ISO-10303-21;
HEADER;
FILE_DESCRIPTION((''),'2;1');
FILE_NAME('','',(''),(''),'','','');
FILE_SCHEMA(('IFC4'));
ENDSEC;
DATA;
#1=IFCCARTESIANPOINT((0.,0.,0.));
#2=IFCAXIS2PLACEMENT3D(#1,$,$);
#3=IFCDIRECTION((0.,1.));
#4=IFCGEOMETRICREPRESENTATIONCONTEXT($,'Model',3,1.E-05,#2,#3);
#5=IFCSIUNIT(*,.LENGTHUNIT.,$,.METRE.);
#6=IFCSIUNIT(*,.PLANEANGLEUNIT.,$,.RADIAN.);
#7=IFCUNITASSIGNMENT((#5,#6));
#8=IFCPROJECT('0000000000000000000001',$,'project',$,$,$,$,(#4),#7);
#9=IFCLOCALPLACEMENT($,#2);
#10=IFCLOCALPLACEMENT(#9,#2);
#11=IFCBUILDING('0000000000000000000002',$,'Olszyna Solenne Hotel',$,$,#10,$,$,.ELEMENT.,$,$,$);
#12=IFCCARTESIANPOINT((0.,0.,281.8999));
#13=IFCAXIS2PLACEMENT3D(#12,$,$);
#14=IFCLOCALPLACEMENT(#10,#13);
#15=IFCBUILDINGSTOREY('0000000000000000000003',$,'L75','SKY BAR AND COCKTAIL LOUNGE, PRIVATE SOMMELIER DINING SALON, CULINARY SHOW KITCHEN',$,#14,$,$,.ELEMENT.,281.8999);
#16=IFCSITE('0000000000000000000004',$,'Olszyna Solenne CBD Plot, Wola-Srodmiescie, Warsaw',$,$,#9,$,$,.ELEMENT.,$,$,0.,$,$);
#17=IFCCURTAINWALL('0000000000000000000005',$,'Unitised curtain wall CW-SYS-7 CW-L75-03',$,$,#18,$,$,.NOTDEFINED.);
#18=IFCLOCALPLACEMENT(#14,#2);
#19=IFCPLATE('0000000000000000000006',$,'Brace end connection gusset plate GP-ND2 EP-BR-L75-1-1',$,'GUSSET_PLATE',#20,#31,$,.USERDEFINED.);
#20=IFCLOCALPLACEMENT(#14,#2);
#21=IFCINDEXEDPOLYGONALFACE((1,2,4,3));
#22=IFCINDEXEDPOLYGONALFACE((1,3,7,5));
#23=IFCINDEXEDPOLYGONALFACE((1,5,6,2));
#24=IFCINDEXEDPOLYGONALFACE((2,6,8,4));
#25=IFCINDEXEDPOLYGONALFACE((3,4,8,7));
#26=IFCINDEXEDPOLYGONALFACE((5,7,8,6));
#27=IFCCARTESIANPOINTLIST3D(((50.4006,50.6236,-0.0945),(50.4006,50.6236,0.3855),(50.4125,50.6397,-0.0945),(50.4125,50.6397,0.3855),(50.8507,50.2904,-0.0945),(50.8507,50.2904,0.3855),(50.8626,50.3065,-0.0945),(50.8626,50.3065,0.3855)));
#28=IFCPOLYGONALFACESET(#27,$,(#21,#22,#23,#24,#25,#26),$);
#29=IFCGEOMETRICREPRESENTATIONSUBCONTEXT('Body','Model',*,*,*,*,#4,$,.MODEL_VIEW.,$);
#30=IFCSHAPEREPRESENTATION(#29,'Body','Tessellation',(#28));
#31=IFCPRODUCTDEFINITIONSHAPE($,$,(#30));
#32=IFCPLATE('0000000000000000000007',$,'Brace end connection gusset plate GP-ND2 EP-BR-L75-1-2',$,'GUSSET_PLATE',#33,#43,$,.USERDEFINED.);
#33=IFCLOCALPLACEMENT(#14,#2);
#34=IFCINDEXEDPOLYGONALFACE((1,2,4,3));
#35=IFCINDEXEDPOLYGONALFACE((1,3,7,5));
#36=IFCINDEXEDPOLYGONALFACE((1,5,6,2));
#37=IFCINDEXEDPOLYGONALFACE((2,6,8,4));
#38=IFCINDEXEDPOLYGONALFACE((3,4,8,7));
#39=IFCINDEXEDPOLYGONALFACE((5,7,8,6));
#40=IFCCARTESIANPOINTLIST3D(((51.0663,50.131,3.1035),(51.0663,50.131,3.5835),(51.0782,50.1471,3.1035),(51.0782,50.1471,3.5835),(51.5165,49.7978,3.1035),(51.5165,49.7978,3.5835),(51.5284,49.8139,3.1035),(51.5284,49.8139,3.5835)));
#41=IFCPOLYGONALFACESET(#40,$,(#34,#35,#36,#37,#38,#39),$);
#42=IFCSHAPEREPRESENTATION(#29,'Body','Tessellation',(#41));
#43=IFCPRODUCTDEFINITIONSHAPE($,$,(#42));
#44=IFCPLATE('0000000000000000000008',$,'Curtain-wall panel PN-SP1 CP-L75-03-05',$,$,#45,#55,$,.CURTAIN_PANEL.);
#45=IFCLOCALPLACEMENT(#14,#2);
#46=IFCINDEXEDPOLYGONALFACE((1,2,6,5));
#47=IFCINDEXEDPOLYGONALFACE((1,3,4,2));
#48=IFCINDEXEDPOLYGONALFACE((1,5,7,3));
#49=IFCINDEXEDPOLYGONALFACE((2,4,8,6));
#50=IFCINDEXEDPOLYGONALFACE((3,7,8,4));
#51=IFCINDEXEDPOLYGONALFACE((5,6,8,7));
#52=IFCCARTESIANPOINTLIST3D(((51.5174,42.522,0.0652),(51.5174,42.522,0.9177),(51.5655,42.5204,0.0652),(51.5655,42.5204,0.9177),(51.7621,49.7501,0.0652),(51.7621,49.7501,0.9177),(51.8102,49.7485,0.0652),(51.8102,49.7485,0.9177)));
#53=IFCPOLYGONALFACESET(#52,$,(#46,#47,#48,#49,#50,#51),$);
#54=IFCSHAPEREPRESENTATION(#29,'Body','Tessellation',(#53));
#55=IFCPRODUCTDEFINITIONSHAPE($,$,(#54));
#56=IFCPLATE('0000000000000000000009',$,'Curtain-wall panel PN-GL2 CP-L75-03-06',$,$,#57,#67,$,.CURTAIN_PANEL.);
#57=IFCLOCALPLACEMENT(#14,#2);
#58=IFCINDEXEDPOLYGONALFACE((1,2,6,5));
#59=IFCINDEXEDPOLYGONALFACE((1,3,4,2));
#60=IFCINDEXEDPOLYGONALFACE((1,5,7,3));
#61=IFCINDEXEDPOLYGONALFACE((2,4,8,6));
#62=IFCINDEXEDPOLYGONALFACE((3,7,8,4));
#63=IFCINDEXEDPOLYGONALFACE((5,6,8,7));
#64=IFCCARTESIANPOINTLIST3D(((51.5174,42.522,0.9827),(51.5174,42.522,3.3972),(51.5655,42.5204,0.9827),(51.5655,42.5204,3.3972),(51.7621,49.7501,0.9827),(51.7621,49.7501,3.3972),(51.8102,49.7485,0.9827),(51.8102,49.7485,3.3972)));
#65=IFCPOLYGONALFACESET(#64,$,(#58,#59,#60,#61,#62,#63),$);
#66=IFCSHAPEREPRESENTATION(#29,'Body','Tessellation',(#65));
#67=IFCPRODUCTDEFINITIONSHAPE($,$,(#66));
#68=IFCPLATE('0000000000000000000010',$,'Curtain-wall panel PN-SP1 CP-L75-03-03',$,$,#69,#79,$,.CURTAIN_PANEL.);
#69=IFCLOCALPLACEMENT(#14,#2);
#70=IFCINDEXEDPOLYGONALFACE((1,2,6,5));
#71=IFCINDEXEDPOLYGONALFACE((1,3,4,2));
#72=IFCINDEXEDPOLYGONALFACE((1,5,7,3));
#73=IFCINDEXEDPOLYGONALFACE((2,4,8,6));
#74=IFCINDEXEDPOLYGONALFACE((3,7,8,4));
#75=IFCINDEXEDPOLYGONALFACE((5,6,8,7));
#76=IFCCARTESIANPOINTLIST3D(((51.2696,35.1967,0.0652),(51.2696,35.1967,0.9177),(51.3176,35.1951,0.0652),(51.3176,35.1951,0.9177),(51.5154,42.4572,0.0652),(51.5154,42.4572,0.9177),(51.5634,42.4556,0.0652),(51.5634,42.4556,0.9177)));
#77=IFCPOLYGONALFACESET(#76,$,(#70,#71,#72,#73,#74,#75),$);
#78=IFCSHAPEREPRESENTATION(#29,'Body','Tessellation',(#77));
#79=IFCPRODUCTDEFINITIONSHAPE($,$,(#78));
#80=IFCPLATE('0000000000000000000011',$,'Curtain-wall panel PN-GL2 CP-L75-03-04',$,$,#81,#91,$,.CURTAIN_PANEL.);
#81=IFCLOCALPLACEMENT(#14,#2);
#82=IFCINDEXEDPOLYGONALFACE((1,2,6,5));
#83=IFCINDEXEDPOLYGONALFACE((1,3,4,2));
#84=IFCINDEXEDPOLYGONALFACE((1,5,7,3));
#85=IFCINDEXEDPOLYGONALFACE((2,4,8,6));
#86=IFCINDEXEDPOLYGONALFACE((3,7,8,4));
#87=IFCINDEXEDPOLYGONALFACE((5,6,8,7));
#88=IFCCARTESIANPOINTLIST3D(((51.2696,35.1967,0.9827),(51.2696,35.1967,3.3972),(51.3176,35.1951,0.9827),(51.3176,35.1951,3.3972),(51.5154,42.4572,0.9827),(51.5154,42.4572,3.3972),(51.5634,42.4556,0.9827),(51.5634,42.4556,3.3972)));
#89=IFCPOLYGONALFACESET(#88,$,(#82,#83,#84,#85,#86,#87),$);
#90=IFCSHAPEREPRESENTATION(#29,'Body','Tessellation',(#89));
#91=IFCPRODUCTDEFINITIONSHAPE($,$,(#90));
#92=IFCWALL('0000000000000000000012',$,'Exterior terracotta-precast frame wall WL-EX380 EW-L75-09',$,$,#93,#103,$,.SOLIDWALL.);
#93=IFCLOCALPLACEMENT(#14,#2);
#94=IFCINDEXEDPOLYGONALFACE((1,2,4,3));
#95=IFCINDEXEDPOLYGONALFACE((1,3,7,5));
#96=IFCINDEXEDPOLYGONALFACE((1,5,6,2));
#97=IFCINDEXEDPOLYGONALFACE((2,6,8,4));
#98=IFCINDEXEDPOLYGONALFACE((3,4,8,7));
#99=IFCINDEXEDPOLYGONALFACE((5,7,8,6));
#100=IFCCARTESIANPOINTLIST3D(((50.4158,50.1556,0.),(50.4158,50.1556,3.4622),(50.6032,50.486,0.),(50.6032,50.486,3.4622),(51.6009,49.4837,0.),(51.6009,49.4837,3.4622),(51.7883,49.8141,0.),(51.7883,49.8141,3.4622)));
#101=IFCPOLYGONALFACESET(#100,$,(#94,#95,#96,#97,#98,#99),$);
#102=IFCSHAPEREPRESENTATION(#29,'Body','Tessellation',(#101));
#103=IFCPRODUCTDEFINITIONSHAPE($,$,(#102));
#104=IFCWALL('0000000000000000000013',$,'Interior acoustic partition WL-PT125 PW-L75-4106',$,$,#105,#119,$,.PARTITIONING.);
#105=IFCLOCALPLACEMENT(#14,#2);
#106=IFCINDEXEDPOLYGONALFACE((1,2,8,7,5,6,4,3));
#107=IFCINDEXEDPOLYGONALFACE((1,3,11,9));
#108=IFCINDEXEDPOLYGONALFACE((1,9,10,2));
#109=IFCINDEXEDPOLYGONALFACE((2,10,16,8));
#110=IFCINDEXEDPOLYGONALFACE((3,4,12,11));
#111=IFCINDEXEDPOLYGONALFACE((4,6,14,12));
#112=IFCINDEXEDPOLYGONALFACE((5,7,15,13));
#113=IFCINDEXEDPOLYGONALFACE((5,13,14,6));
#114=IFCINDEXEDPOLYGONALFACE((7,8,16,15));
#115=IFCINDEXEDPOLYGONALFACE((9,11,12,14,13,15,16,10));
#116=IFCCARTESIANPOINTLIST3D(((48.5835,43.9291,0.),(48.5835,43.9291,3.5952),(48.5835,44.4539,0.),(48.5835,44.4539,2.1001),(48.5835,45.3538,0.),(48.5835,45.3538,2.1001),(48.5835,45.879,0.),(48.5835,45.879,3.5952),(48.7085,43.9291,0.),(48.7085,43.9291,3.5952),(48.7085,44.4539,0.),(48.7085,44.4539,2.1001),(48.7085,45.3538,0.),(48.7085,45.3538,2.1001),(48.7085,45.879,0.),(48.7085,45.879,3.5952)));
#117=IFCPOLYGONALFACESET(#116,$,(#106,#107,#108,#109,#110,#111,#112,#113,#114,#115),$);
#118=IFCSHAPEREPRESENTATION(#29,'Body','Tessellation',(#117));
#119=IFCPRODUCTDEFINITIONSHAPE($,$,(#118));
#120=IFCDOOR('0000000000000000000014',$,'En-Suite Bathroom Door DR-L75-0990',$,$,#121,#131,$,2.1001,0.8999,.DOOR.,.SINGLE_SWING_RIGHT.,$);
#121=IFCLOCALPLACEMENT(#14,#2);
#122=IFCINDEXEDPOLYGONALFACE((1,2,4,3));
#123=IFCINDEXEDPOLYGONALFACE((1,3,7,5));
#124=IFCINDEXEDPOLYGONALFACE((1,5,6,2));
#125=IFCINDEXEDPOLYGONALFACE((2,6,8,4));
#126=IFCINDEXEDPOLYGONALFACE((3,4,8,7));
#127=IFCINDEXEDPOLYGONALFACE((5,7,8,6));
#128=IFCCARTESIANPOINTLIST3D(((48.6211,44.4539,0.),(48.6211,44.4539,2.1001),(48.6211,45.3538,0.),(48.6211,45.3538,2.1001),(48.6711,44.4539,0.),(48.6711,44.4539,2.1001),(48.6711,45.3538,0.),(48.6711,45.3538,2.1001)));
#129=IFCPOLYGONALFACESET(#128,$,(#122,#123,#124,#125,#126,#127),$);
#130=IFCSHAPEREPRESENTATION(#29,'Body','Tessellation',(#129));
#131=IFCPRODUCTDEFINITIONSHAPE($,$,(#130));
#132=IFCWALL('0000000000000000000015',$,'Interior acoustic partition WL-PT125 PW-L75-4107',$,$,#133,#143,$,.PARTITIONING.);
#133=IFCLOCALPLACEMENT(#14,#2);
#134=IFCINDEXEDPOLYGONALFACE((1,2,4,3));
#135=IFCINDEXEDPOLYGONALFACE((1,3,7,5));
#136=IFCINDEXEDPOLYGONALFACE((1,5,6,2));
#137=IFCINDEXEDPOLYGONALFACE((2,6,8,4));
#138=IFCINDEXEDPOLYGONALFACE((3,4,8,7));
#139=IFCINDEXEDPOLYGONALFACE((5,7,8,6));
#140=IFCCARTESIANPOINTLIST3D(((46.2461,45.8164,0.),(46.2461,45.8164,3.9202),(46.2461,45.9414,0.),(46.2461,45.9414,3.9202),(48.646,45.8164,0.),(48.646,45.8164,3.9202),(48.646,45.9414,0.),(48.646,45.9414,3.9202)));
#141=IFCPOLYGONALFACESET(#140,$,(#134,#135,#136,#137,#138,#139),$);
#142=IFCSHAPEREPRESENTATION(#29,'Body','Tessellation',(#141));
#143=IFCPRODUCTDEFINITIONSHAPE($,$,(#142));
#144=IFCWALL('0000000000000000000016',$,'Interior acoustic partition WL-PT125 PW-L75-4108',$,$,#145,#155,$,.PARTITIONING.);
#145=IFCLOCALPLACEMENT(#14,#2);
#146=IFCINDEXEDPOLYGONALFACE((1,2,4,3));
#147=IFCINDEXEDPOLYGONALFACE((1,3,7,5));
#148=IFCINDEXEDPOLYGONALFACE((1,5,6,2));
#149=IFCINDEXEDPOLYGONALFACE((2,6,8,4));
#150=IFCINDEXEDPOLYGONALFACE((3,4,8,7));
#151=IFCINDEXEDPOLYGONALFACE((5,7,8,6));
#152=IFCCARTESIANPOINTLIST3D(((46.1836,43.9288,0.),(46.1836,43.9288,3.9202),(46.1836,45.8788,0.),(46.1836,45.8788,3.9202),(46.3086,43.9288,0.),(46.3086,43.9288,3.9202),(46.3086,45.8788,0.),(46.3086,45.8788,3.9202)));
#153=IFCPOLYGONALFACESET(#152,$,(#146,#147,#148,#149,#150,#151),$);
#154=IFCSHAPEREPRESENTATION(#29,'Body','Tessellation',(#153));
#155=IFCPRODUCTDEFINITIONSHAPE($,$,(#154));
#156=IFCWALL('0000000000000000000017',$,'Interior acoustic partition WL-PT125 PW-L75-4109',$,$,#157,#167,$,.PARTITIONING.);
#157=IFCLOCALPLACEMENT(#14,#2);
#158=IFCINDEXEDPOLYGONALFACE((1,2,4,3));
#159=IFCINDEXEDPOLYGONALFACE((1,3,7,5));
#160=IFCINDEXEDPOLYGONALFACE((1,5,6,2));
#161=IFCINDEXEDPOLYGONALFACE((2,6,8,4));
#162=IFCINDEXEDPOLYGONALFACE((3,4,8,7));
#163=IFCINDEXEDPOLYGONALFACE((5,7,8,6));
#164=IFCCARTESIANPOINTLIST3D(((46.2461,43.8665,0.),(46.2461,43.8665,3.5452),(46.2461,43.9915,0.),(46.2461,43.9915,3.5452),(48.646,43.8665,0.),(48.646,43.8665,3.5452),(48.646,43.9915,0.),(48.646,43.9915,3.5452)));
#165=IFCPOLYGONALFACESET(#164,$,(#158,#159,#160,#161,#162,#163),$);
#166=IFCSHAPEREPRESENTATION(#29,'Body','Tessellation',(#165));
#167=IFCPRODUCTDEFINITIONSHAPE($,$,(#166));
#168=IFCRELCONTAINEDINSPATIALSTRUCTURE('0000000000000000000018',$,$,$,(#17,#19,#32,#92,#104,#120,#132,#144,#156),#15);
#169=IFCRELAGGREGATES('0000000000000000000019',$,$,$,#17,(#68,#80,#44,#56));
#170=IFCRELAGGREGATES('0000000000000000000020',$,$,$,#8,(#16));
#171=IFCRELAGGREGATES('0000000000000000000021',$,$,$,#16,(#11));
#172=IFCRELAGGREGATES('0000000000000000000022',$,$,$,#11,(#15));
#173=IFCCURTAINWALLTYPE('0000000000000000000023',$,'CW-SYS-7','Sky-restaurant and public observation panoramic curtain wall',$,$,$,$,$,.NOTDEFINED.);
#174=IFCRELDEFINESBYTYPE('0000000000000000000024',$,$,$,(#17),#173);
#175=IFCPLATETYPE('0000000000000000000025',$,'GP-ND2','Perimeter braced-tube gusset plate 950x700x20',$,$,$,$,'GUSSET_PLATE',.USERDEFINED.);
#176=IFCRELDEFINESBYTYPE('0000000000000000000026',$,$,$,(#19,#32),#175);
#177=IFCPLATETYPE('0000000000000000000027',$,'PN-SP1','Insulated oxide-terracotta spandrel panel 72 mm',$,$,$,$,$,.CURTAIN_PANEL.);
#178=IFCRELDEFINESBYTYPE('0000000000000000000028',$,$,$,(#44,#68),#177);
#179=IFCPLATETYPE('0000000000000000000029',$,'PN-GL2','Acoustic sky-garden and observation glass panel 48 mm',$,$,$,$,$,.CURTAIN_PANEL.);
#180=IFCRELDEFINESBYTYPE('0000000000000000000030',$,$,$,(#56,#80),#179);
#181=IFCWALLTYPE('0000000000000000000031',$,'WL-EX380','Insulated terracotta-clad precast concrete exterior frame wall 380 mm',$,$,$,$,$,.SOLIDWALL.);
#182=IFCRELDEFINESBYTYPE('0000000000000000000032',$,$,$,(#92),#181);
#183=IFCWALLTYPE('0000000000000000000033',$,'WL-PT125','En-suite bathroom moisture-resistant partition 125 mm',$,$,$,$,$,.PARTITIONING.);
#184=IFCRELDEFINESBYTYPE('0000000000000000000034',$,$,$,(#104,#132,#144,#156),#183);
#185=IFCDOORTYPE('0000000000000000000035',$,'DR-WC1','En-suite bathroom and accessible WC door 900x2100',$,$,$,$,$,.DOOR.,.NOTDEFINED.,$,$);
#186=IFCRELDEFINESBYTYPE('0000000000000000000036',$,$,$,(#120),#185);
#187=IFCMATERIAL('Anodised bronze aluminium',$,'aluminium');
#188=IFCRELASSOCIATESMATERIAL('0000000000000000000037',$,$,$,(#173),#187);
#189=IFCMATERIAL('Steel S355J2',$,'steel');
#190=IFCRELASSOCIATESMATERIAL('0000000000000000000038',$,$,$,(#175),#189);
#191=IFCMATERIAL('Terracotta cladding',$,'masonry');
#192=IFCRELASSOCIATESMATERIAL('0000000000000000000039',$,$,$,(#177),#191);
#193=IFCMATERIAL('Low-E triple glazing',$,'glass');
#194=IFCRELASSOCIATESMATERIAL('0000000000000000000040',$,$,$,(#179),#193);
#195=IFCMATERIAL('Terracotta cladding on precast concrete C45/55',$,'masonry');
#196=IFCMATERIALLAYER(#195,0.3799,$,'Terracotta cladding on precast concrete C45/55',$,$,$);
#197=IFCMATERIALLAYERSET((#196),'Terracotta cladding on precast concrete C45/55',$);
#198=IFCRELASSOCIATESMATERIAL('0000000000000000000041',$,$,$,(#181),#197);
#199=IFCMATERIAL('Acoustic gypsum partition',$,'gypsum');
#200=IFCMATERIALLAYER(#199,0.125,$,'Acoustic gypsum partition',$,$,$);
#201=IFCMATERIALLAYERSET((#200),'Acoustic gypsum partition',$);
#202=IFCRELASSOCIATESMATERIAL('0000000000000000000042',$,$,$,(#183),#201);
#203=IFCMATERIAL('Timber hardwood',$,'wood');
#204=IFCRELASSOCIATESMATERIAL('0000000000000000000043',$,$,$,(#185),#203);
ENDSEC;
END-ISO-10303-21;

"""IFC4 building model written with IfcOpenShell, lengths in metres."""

from ifc_helpers import new_model, si_unit, direction, frame, frame_2d, origin, origin_2d, place, context, subcontext, project, spatial, rectangle, extrude, source, transform, mapped, material, layer, layer_set, type_object, type_shapes, element, fill, aggregate, save


model = new_model("IFC4")

# Units and contexts
model_context = context("Model", 3, precision=1e-05, world=origin(), true_north=direction((0.0, 1.0)))
body_context = subcontext(model_context, "Body", "Model", "MODEL_VIEW")
ifc_project = project(units=[si_unit("LENGTHUNIT", "METRE"), si_unit("PLANEANGLEUNIT", "RADIAN")], contexts=[model_context])

# Site, building, storey
site_placement = place(None, origin())
site = spatial("IfcSite", under=ifc_project, at=site_placement, Name="Olszyna Solenne CBD Plot, Wola-Srodmiescie, Warsaw", CompositionType="ELEMENT", RefElevation=0.0)
building_placement = place(site_placement, origin())
building = spatial("IfcBuilding", under=site, at=building_placement, Name="Olszyna Solenne Hotel", CompositionType="ELEMENT")
storey_placement = place(building_placement, frame((0.0, 0.0, 281.8999)))
storey = spatial("IfcBuildingStorey", under=building, at=storey_placement, Name="L75", Description="SKY BAR AND COCKTAIL LOUNGE, PRIVATE SOMMELIER DINING SALON, CULINARY SHOW KITCHEN", CompositionType="ELEMENT", Elevation=281.8999)

# Shared definitions
ifc_material_1 = material(Name="Steel S355J2", Category="steel")

# Curtain wall
ifc_material_2 = material(Name="Anodised bronze aluminium", Category="aluminium")
curtain_wall_type = type_object("IfcCurtainWallType", Name="CW-SYS-7", Description="Sky-restaurant and public observation panoramic curtain wall", PredefinedType="NOTDEFINED", material=ifc_material_2)
curtain_wall_placement = place(storey_placement, origin())
curtain_wall = element("IfcCurtainWall", 1, at=curtain_wall_placement, inside=storey, type_object=curtain_wall_type, Name="Unitised curtain wall CW-SYS-7 CW-L75-03", PredefinedType="NOTDEFINED")

# Plates
plate_type_1 = type_object("IfcPlateType", Name="GP-ND2", Description="Perimeter braced-tube gusset plate 950x700x20", ElementType="GUSSET_PLATE", PredefinedType="USERDEFINED", material=ifc_material_1)
shared_shape_1 = source(origin(), body_context, "Body", "SweptSolid", [
    extrude(rectangle(XDim=0.5601, YDim=0.02, at=origin_2d()), origin(), (0.0, 0.0, 1.0), 0.48),
])
for number, where, z_axis, x_axis, name in (
    (2, (50.6316, 50.4651, -0.0945), (0.0, 0.0, 1.0), (0.803753, -0.594963, 0.0), "Brace end connection gusset plate GP-ND2 EP-BR-L75-1-1"),
    (3, (51.2974, 49.9724, 3.1035), (0.0, 0.0, 1.0), (0.803753, -0.594963, 0.0), "Brace end connection gusset plate GP-ND2 EP-BR-L75-1-2"),
):
    element("IfcPlate", number, at=place(storey_placement, frame(where, z_axis=z_axis, x_axis=x_axis)), inside=storey, type_object=plate_type_1, Name=name, ObjectType="GUSSET_PLATE", PredefinedType="USERDEFINED", context=body_context, shape_type="MappedRepresentation", body=[
        mapped(shared_shape_1, transform((0.0, 0.0, 0.0), x_axis=(1.0, 0.0, 0.0), y_axis=(0.0, 1.0, 0.0), z_axis=(0.0, 0.0, 1.0), scale=1.0)),
    ])

# Plates
ifc_material_3 = material(Name="Terracotta cladding", Category="masonry")
plate_type_2 = type_object("IfcPlateType", Name="PN-SP1", Description="Insulated oxide-terracotta spandrel panel 72 mm", PredefinedType="CURTAIN_PANEL", material=ifc_material_3)
shared_shape_2 = source(origin(), body_context, "Body", "SweptSolid", [
    extrude(rectangle(XDim=7.2322, YDim=0.0481, at=origin_2d()), origin(), (0.0, 0.0, 1.0), 0.8525),
])
plate_1_placement = place(storey_placement, frame((51.6638, 46.1353, 0.0652), z_axis=(0.0, 0.0, 1.0), x_axis=(0.033835, 0.999427, 0.0)))
plate_1 = element("IfcPlate", 4, at=plate_1_placement, type_object=plate_type_2, Name="Curtain-wall panel PN-SP1 CP-L75-03-05", PredefinedType="CURTAIN_PANEL", context=body_context, shape_type="MappedRepresentation", body=[
    mapped(shared_shape_2, transform((0.0, 0.0, 0.0), x_axis=(1.0, 0.0, 0.0), y_axis=(0.0, 1.0, 0.0), z_axis=(0.0, 0.0, 1.0), scale=1.0)),
])
ifc_material_4 = material(Name="Low-E triple glazing", Category="glass")
plate_type_3 = type_object("IfcPlateType", Name="PN-GL2", Description="Acoustic sky-garden and observation glass panel 48 mm", PredefinedType="CURTAIN_PANEL", material=ifc_material_4)
shared_shape_3 = source(origin(), body_context, "Body", "SweptSolid", [
    extrude(rectangle(XDim=7.2322, YDim=0.0481, at=origin_2d()), origin(), (0.0, 0.0, 1.0), 2.4146),
])
plate_2_placement = place(storey_placement, frame((51.6638, 46.1353, 0.9827), z_axis=(0.0, 0.0, 1.0), x_axis=(0.033835, 0.999427, 0.0)))
plate_2 = element("IfcPlate", 5, at=plate_2_placement, type_object=plate_type_3, Name="Curtain-wall panel PN-GL2 CP-L75-03-06", PredefinedType="CURTAIN_PANEL", context=body_context, shape_type="MappedRepresentation", body=[
    mapped(shared_shape_3, transform((0.0, 0.0, 0.0), x_axis=(1.0, 0.0, 0.0), y_axis=(0.0, 1.0, 0.0), z_axis=(0.0, 0.0, 1.0), scale=1.0)),
])
shared_shape_4 = source(origin(), body_context, "Body", "SweptSolid", [
    extrude(rectangle(XDim=7.2646, YDim=0.0481, at=origin_2d()), origin(), (0.0, 0.0, 1.0), 0.8525),
])
plate_3_placement = place(storey_placement, frame((51.4165, 38.8262, 0.0652), z_axis=(0.0, 0.0, 1.0), x_axis=(0.033835, 0.999427, 0.0)))
plate_3 = element("IfcPlate", 6, at=plate_3_placement, type_object=plate_type_2, Name="Curtain-wall panel PN-SP1 CP-L75-03-03", PredefinedType="CURTAIN_PANEL", context=body_context, shape_type="MappedRepresentation", body=[
    mapped(shared_shape_4, transform((0.0, 0.0, 0.0), x_axis=(1.0, 0.0, 0.0), y_axis=(0.0, 1.0, 0.0), z_axis=(0.0, 0.0, 1.0), scale=1.0)),
])
shared_shape_5 = source(origin(), body_context, "Body", "SweptSolid", [
    extrude(rectangle(XDim=7.2646, YDim=0.0481, at=origin_2d()), origin(), (0.0, 0.0, 1.0), 2.4146),
])
plate_4_placement = place(storey_placement, frame((51.4165, 38.8262, 0.9827), z_axis=(0.0, 0.0, 1.0), x_axis=(0.033835, 0.999427, 0.0)))
plate_4 = element("IfcPlate", 7, at=plate_4_placement, type_object=plate_type_3, Name="Curtain-wall panel PN-GL2 CP-L75-03-04", PredefinedType="CURTAIN_PANEL", context=body_context, shape_type="MappedRepresentation", body=[
    mapped(shared_shape_5, transform((0.0, 0.0, 0.0), x_axis=(1.0, 0.0, 0.0), y_axis=(0.0, 1.0, 0.0), z_axis=(0.0, 0.0, 1.0), scale=1.0)),
])
aggregate(curtain_wall, [plate_3, plate_4, plate_1, plate_2])

# Wall
ifc_material_5 = material(Name="Terracotta cladding on precast concrete C45/55", Category="masonry")
ifc_layer_1 = layer(ifc_material_5, 0.3799, Name="Terracotta cladding on precast concrete C45/55")
ifc_layer_set_1 = layer_set([ifc_layer_1], Name="Terracotta cladding on precast concrete C45/55")
wall_type_1 = type_object("IfcWallType", Name="WL-EX380", Description="Insulated terracotta-clad precast concrete exterior frame wall 380 mm", PredefinedType="SOLIDWALL", material=ifc_layer_set_1)
wall_1_placement = place(storey_placement, frame((50.5095, 50.3208, 0.0), z_axis=(0.0, 0.0, 1.0), x_axis=(0.869915, -0.493202, 0.0)))
element("IfcWall", 8, at=wall_1_placement, inside=storey, type_object=wall_type_1, Name="Exterior terracotta-precast frame wall WL-EX380 EW-L75-09", PredefinedType="SOLIDWALL", context=body_context, shape_type="SweptSolid", body=[
    extrude(rectangle(XDim=1.3623, YDim=0.3799, at=frame_2d((0.6812, 0.0))), origin(), (0.0, 0.0, 1.0), 3.4622),
])

# Wall, opening, door
ifc_material_6 = material(Name="Acoustic gypsum partition", Category="gypsum")
ifc_layer_2 = layer(ifc_material_6, 0.125, Name="Acoustic gypsum partition")
ifc_layer_set_2 = layer_set([ifc_layer_2], Name="Acoustic gypsum partition")
wall_type_2 = type_object("IfcWallType", Name="WL-PT125", Description="En-suite bathroom moisture-resistant partition 125 mm", PredefinedType="PARTITIONING", material=ifc_layer_set_2)
wall_2_placement = place(storey_placement, frame((48.646, 43.929, 0.0), z_axis=(0.0, 0.0, 1.0), x_axis=(0.0, 1.0, 0.0)))
wall_2 = element("IfcWall", 9, at=wall_2_placement, inside=storey, type_object=wall_type_2, Name="Interior acoustic partition WL-PT125 PW-L75-4106", PredefinedType="PARTITIONING", context=body_context, shape_type="SweptSolid", body=[
    extrude(rectangle(XDim=1.95, YDim=0.125, at=frame_2d((0.9751, 0.0))), origin(), (0.0, 0.0, 1.0), 3.5952),
])
opening_placement = place(wall_2_placement, frame((0.5249, 0.0, 0.0)))
opening = element("IfcOpeningElement", 10, at=opening_placement, cuts=wall_2, PredefinedType="OPENING", context=body_context, shape_type="SweptSolid", body=[
    extrude(rectangle(XDim=0.8999, YDim=2.1001, at=frame_2d((0.45, 1.05))), frame((0.0, 0.0725, 0.0), z_axis=(0.0, -1.0, 0.0), x_axis=(1.0, 0.0, 0.0)), (0.0, 0.0, 1.0), 0.145),
])
ifc_material_7 = material(Name="Timber hardwood", Category="wood")
door_type = type_object("IfcDoorType", Name="DR-WC1", Description="En-suite bathroom and accessible WC door 900x2100", OperationType="NOTDEFINED", PredefinedType="DOOR", material=ifc_material_7)
shared_shape_6 = source(origin(), body_context, "Body", "SweptSolid", [
    extrude(rectangle(XDim=0.8999, YDim=2.1001, at=frame_2d((0.45, 1.05))), frame((0.0, 0.0249, 0.0), z_axis=(0.0, -1.0, 0.0), x_axis=(1.0, 0.0, 0.0)), (0.0, 0.0, 1.0), 0.05),
])
type_shapes(door_type, [shared_shape_6])
door_placement = place(opening_placement, origin())
door = element("IfcDoor", 11, at=door_placement, inside=storey, type_object=door_type, Name="En-Suite Bathroom Door DR-L75-0990", OperationType="SINGLE_SWING_RIGHT", OverallHeight=2.1001, OverallWidth=0.8999, PredefinedType="DOOR", context=body_context, shape_type="MappedRepresentation", body=[
    mapped(shared_shape_6, transform((0.0, 0.0, 0.0), x_axis=(1.0, 0.0, 0.0), y_axis=(0.0, 1.0, 0.0), z_axis=(0.0, 0.0, 1.0), scale=1.0)),
])
fill(opening, door)

# Walls
wall_3_placement = place(storey_placement, frame((48.646, 45.8789, 0.0), z_axis=(0.0, 0.0, 1.0), x_axis=(-1.0, 0.0, 0.0)))
element("IfcWall", 12, at=wall_3_placement, inside=storey, type_object=wall_type_2, Name="Interior acoustic partition WL-PT125 PW-L75-4107", PredefinedType="PARTITIONING", context=body_context, shape_type="SweptSolid", body=[
    extrude(rectangle(XDim=2.3999, YDim=0.125, at=frame_2d((1.2, 0.0))), origin(), (0.0, 0.0, 1.0), 3.9202),
])
wall_4_placement = place(storey_placement, frame((46.2461, 45.8789, 0.0), z_axis=(0.0, 0.0, 1.0), x_axis=(0.0, -1.0, 0.0)))
element("IfcWall", 13, at=wall_4_placement, inside=storey, type_object=wall_type_2, Name="Interior acoustic partition WL-PT125 PW-L75-4108", PredefinedType="PARTITIONING", context=body_context, shape_type="SweptSolid", body=[
    extrude(rectangle(XDim=1.95, YDim=0.125, at=frame_2d((0.9751, 0.0))), origin(), (0.0, 0.0, 1.0), 3.9202),
])
wall_5_placement = place(storey_placement, frame((46.2461, 43.929, 0.0), z_axis=(0.0, 0.0, 1.0), x_axis=(1.0, 0.0, 0.0)))
element("IfcWall", 14, at=wall_5_placement, inside=storey, type_object=wall_type_2, Name="Interior acoustic partition WL-PT125 PW-L75-4109", PredefinedType="PARTITIONING", context=body_context, shape_type="SweptSolid", body=[
    extrude(rectangle(XDim=2.3999, YDim=0.125, at=frame_2d((1.2, 0.0))), origin(), (0.0, 0.0, 1.0), 3.5452),
])

save(model, "model.ifc")
